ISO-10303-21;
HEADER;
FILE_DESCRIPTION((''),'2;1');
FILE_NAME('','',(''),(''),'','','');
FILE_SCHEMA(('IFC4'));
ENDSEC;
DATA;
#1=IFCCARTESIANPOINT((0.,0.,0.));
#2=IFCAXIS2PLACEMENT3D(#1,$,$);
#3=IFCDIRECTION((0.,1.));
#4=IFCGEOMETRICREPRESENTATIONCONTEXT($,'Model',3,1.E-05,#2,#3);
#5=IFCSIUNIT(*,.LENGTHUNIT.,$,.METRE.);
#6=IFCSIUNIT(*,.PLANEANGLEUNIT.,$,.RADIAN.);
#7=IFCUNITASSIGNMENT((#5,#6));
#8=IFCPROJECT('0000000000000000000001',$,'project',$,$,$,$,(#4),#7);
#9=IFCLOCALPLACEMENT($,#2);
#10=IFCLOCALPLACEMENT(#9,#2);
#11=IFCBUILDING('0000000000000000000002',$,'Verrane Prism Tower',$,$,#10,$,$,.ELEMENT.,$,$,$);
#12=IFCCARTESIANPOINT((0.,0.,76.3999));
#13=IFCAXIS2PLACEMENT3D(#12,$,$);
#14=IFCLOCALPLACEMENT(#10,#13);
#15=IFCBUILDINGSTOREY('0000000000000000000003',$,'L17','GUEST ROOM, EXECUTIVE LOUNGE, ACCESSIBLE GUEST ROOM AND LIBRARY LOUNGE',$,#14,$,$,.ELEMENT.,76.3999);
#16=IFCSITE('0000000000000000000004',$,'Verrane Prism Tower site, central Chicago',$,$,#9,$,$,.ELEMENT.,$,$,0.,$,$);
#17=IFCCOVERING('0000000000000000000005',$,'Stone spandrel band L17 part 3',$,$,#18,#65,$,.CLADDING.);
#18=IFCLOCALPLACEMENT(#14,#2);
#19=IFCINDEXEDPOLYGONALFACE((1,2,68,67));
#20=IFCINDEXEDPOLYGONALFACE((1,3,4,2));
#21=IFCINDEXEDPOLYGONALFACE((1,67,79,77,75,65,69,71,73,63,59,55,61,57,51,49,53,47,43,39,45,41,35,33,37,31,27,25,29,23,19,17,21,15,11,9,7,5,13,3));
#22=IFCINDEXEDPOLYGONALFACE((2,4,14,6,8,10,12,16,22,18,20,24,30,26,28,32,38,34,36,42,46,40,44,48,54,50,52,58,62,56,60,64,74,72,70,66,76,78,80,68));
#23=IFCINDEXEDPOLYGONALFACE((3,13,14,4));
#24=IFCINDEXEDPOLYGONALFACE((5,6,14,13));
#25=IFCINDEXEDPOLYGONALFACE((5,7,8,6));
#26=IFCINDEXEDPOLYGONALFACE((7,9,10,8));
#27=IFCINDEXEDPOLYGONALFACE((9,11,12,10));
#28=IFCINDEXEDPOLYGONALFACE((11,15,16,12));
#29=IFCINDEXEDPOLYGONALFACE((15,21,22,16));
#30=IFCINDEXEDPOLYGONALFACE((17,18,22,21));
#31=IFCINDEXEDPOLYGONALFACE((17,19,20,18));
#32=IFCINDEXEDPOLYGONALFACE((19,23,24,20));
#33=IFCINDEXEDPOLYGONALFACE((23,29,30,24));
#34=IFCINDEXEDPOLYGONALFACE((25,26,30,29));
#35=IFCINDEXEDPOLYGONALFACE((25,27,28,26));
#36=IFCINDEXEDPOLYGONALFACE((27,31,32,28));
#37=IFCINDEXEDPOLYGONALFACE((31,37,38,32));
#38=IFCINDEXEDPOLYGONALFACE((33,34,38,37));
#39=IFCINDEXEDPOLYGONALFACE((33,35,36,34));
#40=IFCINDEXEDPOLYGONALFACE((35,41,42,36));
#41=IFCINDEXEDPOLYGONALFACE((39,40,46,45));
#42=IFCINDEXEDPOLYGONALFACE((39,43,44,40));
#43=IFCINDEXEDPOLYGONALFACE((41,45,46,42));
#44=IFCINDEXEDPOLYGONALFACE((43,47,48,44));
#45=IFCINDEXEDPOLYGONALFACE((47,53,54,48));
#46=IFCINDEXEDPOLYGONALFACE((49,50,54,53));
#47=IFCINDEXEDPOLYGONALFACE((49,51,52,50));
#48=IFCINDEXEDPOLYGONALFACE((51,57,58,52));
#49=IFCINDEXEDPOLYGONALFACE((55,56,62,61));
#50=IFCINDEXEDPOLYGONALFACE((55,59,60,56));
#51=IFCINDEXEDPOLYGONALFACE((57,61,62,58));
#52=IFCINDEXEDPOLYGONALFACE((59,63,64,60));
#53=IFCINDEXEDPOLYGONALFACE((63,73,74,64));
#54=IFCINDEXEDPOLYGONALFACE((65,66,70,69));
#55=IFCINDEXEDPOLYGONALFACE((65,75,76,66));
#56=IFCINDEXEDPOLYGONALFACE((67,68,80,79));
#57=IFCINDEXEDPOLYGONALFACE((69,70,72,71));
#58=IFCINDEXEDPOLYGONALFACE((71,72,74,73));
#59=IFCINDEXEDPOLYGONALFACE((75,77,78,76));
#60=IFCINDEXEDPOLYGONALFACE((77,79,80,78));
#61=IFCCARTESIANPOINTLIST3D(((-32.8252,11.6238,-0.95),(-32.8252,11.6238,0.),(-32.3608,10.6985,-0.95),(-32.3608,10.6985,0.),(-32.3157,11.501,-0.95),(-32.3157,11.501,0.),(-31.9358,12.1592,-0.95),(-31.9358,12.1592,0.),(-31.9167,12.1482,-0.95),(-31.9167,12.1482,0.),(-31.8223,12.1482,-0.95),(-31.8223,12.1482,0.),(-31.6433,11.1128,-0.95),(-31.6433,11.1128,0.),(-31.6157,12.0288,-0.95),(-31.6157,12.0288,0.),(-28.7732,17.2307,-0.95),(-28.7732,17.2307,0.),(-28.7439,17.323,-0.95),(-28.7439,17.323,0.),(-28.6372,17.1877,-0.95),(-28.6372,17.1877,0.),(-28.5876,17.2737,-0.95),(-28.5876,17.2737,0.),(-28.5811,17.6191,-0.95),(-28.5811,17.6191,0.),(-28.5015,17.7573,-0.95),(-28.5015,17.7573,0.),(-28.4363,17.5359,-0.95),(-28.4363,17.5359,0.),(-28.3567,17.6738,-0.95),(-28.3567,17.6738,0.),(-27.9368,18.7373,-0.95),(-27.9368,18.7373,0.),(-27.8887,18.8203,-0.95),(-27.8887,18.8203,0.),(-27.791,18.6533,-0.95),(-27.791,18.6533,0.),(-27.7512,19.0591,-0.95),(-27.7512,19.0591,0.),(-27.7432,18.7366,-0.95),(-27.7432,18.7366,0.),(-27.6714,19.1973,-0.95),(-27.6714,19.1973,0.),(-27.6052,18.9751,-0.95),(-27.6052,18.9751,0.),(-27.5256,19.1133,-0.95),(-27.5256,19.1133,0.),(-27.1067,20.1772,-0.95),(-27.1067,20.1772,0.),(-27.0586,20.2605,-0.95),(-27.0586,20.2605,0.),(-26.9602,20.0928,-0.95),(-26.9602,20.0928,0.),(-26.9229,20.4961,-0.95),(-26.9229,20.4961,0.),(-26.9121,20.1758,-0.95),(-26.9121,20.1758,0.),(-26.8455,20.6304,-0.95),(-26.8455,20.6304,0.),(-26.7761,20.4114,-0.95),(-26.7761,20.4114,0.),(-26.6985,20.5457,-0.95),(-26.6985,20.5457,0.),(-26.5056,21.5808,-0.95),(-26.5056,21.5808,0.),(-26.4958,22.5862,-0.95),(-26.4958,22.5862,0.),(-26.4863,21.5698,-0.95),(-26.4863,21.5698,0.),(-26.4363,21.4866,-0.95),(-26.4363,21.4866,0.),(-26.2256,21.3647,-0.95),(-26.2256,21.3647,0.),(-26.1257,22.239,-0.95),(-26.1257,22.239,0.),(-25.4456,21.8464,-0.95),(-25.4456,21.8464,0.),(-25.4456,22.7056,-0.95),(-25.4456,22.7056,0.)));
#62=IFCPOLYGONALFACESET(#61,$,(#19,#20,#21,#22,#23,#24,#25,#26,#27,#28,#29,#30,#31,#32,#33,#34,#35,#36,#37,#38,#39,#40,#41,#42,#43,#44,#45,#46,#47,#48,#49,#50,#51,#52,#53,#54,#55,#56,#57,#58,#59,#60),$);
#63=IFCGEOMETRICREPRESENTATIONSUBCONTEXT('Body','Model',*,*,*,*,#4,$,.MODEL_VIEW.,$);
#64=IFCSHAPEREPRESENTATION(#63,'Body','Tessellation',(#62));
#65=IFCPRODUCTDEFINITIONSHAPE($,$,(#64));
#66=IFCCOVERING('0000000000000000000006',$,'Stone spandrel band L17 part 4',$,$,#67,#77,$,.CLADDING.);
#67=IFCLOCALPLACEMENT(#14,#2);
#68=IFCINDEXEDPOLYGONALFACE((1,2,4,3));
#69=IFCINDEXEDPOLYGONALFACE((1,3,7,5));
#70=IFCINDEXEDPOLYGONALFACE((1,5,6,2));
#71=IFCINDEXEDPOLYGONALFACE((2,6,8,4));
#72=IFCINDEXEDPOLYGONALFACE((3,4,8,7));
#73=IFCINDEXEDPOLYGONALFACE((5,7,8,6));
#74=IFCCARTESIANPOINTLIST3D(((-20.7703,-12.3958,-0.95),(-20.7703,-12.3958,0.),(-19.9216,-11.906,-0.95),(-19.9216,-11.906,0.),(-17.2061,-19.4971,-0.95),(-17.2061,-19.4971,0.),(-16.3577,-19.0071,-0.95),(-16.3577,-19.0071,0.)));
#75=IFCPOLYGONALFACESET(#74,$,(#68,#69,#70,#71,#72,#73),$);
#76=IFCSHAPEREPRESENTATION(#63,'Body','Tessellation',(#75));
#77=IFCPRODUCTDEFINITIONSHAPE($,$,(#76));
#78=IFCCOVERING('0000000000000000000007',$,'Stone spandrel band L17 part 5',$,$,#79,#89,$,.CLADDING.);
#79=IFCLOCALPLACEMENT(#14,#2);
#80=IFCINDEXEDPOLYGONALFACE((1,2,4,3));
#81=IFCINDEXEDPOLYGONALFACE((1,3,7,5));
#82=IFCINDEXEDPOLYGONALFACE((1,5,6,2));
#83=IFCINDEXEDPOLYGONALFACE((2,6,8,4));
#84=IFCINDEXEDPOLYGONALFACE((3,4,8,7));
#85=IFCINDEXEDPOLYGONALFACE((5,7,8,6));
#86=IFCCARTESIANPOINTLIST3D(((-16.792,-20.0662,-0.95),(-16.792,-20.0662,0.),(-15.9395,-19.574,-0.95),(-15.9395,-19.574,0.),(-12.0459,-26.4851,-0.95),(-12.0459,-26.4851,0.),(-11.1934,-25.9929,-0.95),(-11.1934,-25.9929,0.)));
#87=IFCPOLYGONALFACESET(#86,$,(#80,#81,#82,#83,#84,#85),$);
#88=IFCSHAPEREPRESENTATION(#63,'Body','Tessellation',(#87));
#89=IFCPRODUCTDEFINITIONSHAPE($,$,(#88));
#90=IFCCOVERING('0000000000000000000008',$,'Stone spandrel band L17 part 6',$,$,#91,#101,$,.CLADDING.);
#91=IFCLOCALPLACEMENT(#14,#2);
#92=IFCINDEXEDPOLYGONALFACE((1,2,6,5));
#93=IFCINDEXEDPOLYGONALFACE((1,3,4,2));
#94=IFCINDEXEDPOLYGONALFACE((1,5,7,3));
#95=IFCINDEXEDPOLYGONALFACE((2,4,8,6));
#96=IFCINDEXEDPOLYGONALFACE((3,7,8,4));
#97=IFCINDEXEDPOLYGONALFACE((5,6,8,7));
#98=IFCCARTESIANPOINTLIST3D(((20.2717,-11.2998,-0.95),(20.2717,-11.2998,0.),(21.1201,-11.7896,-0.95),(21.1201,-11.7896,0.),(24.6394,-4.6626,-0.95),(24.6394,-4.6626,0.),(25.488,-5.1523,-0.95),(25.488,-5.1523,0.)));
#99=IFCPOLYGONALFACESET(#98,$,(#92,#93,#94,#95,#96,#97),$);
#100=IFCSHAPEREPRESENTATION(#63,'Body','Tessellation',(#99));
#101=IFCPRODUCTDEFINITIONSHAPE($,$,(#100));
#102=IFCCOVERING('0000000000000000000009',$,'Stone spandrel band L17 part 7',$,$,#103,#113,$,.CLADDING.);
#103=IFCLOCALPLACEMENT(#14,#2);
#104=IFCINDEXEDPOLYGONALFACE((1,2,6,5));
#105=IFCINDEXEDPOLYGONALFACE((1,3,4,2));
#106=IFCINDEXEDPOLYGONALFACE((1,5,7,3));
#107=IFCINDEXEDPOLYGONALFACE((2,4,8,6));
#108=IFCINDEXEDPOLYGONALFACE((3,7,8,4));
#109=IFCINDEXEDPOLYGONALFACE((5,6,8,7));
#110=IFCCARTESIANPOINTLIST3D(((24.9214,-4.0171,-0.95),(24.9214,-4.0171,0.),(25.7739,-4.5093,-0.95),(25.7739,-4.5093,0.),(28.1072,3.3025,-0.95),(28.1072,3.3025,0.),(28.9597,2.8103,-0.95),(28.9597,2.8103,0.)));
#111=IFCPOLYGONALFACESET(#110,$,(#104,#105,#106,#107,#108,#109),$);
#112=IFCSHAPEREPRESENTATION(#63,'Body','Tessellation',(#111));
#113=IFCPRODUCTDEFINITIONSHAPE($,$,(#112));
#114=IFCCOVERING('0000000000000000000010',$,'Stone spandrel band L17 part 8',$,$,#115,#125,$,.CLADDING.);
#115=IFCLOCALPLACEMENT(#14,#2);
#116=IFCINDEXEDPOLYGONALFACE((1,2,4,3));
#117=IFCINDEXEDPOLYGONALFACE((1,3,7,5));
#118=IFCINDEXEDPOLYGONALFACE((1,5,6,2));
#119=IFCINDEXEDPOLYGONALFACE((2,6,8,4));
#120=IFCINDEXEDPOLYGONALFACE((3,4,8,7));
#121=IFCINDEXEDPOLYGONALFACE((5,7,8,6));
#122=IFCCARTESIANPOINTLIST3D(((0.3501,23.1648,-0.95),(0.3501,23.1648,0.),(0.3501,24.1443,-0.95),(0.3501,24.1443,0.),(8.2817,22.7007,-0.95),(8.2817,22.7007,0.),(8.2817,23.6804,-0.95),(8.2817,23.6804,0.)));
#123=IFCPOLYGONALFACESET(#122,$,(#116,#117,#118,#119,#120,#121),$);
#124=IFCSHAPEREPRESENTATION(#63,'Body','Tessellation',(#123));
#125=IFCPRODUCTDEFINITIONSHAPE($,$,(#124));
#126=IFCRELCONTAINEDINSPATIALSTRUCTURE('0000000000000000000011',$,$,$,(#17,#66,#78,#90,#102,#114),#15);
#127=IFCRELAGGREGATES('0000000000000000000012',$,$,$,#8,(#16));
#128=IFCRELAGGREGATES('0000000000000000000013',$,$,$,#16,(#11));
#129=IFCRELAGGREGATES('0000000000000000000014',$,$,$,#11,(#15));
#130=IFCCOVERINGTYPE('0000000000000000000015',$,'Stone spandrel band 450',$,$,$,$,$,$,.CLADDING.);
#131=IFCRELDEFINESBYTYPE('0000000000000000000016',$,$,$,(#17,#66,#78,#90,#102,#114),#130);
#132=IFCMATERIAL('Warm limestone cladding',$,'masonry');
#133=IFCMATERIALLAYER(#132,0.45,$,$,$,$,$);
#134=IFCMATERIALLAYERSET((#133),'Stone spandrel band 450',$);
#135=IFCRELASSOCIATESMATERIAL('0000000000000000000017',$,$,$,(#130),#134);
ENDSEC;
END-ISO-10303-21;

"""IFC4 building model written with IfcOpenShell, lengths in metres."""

from ifc_helpers import new_model, si_unit, direction, frame, origin, place, context, subcontext, project, spatial, polyline, outline, extrude, material, layer, layer_set, type_object, element, save


model = new_model("IFC4")

# Units and contexts
model_context = context("Model", 3, precision=1e-05, world=origin(), true_north=direction((0.0, 1.0)))
body_context = subcontext(model_context, "Body", "Model", "MODEL_VIEW")
ifc_project = project(units=[si_unit("LENGTHUNIT", "METRE"), si_unit("PLANEANGLEUNIT", "RADIAN")], contexts=[model_context])

# Site, building, storey
site_placement = place(None, origin())
site = spatial("IfcSite", under=ifc_project, at=site_placement, Name="Verrane Prism Tower site, central Chicago", CompositionType="ELEMENT", RefElevation=0.0)
building_placement = place(site_placement, origin())
building = spatial("IfcBuilding", under=site, at=building_placement, Name="Verrane Prism Tower", CompositionType="ELEMENT")
storey_placement = place(building_placement, frame((0.0, 0.0, 76.3999)))
storey = spatial("IfcBuildingStorey", under=building, at=storey_placement, Name="L17", Description="GUEST ROOM, EXECUTIVE LOUNGE, ACCESSIBLE GUEST ROOM AND LIBRARY LOUNGE", CompositionType="ELEMENT", Elevation=76.3999)

# Coverings
ifc_material_1 = material(Name="Warm limestone cladding", Category="masonry")
ifc_layer_1 = layer(ifc_material_1, 0.45)
ifc_layer_set_1 = layer_set([ifc_layer_1], Name="Stone spandrel band 450")
covering_type_1 = type_object("IfcCoveringType", Name="Stone spandrel band 450", PredefinedType="CLADDING", material=ifc_layer_set_1)
covering_1_placement = place(storey_placement, frame((0.0, 0.0, -0.95)))
element("IfcCovering", 1, at=covering_1_placement, inside=storey, type_object=covering_type_1, Name="Stone spandrel band L17 part 3", PredefinedType="CLADDING", context=body_context, shape_type="SweptSolid", body=[
    extrude(outline(polyline([(-32.3608, 10.6985), (-31.6433, 11.1128), (-32.3157, 11.501), (-31.9358, 12.1592), (-31.9167, 12.1482), (-31.8223, 12.1482), (-31.6157, 12.0288), (-28.6372, 17.1877), (-28.7732, 17.2307), (-28.7439, 17.323), (-28.5876, 17.2737), (-28.4363, 17.5359), (-28.5811, 17.6191), (-28.5015, 17.7573), (-28.3567, 17.6738), (-27.791, 18.6533), (-27.9368, 18.7373), (-27.8887, 18.8203), (-27.7432, 18.7366), (-27.6052, 18.9751), (-27.7512, 19.0591), (-27.6714, 19.1973), (-27.5256, 19.1133), (-26.9602, 20.0928), (-27.1067, 20.1772), (-27.0586, 20.2605), (-26.9121, 20.1758), (-26.7761, 20.4114), (-26.9229, 20.4961), (-26.8455, 20.6304), (-26.6985, 20.5457), (-26.2256, 21.3647), (-26.4363, 21.4866), (-26.4863, 21.5698), (-26.5056, 21.5808), (-26.1257, 22.239), (-25.4456, 21.8464), (-25.4456, 22.7056), (-26.4958, 22.5862), (-32.8252, 11.6238), (-32.3608, 10.6985)])), origin(), (0.0, 0.0, 1.0), 0.95),
])
covering_2_placement = place(storey_placement, frame((0.0, 0.0, -0.95)))
element("IfcCovering", 2, at=covering_2_placement, inside=storey, type_object=covering_type_1, Name="Stone spandrel band L17 part 4", PredefinedType="CLADDING", context=body_context, shape_type="SweptSolid", body=[
    extrude(outline(polyline([(-20.7703, -12.3958), (-17.2061, -19.4971), (-16.3577, -19.0071), (-19.9216, -11.906), (-20.7703, -12.3958)])), origin(), (0.0, 0.0, 1.0), 0.95),
])
covering_3_placement = place(storey_placement, frame((0.0, 0.0, -0.95)))
element("IfcCovering", 3, at=covering_3_placement, inside=storey, type_object=covering_type_1, Name="Stone spandrel band L17 part 5", PredefinedType="CLADDING", context=body_context, shape_type="SweptSolid", body=[
    extrude(outline(polyline([(-16.792, -20.0662), (-12.0459, -26.4851), (-11.1934, -25.9929), (-15.9395, -19.574), (-16.792, -20.0662)])), origin(), (0.0, 0.0, 1.0), 0.95),
])
covering_4_placement = place(storey_placement, frame((0.0, 0.0, -0.95)))
element("IfcCovering", 4, at=covering_4_placement, inside=storey, type_object=covering_type_1, Name="Stone spandrel band L17 part 6", PredefinedType="CLADDING", context=body_context, shape_type="SweptSolid", body=[
    extrude(outline(polyline([(24.6394, -4.6626), (20.2717, -11.2998), (21.1201, -11.7896), (25.488, -5.1523), (24.6394, -4.6626)])), origin(), (0.0, 0.0, 1.0), 0.95),
])
covering_5_placement = place(storey_placement, frame((0.0, 0.0, -0.95)))
element("IfcCovering", 5, at=covering_5_placement, inside=storey, type_object=covering_type_1, Name="Stone spandrel band L17 part 7", PredefinedType="CLADDING", context=body_context, shape_type="SweptSolid", body=[
    extrude(outline(polyline([(25.7739, -4.5093), (28.9597, 2.8103), (28.1072, 3.3025), (24.9214, -4.0171), (25.7739, -4.5093)])), origin(), (0.0, 0.0, 1.0), 0.95),
])
covering_6_placement = place(storey_placement, frame((0.0, 0.0, -0.95)))
element("IfcCovering", 6, at=covering_6_placement, inside=storey, type_object=covering_type_1, Name="Stone spandrel band L17 part 8", PredefinedType="CLADDING", context=body_context, shape_type="SweptSolid", body=[
    extrude(outline(polyline([(0.3501, 23.1648), (8.2817, 22.7007), (8.2817, 23.6804), (0.3501, 24.1443), (0.3501, 23.1648)])), origin(), (0.0, 0.0, 1.0), 0.95),
])

save(model, "model.ifc")
